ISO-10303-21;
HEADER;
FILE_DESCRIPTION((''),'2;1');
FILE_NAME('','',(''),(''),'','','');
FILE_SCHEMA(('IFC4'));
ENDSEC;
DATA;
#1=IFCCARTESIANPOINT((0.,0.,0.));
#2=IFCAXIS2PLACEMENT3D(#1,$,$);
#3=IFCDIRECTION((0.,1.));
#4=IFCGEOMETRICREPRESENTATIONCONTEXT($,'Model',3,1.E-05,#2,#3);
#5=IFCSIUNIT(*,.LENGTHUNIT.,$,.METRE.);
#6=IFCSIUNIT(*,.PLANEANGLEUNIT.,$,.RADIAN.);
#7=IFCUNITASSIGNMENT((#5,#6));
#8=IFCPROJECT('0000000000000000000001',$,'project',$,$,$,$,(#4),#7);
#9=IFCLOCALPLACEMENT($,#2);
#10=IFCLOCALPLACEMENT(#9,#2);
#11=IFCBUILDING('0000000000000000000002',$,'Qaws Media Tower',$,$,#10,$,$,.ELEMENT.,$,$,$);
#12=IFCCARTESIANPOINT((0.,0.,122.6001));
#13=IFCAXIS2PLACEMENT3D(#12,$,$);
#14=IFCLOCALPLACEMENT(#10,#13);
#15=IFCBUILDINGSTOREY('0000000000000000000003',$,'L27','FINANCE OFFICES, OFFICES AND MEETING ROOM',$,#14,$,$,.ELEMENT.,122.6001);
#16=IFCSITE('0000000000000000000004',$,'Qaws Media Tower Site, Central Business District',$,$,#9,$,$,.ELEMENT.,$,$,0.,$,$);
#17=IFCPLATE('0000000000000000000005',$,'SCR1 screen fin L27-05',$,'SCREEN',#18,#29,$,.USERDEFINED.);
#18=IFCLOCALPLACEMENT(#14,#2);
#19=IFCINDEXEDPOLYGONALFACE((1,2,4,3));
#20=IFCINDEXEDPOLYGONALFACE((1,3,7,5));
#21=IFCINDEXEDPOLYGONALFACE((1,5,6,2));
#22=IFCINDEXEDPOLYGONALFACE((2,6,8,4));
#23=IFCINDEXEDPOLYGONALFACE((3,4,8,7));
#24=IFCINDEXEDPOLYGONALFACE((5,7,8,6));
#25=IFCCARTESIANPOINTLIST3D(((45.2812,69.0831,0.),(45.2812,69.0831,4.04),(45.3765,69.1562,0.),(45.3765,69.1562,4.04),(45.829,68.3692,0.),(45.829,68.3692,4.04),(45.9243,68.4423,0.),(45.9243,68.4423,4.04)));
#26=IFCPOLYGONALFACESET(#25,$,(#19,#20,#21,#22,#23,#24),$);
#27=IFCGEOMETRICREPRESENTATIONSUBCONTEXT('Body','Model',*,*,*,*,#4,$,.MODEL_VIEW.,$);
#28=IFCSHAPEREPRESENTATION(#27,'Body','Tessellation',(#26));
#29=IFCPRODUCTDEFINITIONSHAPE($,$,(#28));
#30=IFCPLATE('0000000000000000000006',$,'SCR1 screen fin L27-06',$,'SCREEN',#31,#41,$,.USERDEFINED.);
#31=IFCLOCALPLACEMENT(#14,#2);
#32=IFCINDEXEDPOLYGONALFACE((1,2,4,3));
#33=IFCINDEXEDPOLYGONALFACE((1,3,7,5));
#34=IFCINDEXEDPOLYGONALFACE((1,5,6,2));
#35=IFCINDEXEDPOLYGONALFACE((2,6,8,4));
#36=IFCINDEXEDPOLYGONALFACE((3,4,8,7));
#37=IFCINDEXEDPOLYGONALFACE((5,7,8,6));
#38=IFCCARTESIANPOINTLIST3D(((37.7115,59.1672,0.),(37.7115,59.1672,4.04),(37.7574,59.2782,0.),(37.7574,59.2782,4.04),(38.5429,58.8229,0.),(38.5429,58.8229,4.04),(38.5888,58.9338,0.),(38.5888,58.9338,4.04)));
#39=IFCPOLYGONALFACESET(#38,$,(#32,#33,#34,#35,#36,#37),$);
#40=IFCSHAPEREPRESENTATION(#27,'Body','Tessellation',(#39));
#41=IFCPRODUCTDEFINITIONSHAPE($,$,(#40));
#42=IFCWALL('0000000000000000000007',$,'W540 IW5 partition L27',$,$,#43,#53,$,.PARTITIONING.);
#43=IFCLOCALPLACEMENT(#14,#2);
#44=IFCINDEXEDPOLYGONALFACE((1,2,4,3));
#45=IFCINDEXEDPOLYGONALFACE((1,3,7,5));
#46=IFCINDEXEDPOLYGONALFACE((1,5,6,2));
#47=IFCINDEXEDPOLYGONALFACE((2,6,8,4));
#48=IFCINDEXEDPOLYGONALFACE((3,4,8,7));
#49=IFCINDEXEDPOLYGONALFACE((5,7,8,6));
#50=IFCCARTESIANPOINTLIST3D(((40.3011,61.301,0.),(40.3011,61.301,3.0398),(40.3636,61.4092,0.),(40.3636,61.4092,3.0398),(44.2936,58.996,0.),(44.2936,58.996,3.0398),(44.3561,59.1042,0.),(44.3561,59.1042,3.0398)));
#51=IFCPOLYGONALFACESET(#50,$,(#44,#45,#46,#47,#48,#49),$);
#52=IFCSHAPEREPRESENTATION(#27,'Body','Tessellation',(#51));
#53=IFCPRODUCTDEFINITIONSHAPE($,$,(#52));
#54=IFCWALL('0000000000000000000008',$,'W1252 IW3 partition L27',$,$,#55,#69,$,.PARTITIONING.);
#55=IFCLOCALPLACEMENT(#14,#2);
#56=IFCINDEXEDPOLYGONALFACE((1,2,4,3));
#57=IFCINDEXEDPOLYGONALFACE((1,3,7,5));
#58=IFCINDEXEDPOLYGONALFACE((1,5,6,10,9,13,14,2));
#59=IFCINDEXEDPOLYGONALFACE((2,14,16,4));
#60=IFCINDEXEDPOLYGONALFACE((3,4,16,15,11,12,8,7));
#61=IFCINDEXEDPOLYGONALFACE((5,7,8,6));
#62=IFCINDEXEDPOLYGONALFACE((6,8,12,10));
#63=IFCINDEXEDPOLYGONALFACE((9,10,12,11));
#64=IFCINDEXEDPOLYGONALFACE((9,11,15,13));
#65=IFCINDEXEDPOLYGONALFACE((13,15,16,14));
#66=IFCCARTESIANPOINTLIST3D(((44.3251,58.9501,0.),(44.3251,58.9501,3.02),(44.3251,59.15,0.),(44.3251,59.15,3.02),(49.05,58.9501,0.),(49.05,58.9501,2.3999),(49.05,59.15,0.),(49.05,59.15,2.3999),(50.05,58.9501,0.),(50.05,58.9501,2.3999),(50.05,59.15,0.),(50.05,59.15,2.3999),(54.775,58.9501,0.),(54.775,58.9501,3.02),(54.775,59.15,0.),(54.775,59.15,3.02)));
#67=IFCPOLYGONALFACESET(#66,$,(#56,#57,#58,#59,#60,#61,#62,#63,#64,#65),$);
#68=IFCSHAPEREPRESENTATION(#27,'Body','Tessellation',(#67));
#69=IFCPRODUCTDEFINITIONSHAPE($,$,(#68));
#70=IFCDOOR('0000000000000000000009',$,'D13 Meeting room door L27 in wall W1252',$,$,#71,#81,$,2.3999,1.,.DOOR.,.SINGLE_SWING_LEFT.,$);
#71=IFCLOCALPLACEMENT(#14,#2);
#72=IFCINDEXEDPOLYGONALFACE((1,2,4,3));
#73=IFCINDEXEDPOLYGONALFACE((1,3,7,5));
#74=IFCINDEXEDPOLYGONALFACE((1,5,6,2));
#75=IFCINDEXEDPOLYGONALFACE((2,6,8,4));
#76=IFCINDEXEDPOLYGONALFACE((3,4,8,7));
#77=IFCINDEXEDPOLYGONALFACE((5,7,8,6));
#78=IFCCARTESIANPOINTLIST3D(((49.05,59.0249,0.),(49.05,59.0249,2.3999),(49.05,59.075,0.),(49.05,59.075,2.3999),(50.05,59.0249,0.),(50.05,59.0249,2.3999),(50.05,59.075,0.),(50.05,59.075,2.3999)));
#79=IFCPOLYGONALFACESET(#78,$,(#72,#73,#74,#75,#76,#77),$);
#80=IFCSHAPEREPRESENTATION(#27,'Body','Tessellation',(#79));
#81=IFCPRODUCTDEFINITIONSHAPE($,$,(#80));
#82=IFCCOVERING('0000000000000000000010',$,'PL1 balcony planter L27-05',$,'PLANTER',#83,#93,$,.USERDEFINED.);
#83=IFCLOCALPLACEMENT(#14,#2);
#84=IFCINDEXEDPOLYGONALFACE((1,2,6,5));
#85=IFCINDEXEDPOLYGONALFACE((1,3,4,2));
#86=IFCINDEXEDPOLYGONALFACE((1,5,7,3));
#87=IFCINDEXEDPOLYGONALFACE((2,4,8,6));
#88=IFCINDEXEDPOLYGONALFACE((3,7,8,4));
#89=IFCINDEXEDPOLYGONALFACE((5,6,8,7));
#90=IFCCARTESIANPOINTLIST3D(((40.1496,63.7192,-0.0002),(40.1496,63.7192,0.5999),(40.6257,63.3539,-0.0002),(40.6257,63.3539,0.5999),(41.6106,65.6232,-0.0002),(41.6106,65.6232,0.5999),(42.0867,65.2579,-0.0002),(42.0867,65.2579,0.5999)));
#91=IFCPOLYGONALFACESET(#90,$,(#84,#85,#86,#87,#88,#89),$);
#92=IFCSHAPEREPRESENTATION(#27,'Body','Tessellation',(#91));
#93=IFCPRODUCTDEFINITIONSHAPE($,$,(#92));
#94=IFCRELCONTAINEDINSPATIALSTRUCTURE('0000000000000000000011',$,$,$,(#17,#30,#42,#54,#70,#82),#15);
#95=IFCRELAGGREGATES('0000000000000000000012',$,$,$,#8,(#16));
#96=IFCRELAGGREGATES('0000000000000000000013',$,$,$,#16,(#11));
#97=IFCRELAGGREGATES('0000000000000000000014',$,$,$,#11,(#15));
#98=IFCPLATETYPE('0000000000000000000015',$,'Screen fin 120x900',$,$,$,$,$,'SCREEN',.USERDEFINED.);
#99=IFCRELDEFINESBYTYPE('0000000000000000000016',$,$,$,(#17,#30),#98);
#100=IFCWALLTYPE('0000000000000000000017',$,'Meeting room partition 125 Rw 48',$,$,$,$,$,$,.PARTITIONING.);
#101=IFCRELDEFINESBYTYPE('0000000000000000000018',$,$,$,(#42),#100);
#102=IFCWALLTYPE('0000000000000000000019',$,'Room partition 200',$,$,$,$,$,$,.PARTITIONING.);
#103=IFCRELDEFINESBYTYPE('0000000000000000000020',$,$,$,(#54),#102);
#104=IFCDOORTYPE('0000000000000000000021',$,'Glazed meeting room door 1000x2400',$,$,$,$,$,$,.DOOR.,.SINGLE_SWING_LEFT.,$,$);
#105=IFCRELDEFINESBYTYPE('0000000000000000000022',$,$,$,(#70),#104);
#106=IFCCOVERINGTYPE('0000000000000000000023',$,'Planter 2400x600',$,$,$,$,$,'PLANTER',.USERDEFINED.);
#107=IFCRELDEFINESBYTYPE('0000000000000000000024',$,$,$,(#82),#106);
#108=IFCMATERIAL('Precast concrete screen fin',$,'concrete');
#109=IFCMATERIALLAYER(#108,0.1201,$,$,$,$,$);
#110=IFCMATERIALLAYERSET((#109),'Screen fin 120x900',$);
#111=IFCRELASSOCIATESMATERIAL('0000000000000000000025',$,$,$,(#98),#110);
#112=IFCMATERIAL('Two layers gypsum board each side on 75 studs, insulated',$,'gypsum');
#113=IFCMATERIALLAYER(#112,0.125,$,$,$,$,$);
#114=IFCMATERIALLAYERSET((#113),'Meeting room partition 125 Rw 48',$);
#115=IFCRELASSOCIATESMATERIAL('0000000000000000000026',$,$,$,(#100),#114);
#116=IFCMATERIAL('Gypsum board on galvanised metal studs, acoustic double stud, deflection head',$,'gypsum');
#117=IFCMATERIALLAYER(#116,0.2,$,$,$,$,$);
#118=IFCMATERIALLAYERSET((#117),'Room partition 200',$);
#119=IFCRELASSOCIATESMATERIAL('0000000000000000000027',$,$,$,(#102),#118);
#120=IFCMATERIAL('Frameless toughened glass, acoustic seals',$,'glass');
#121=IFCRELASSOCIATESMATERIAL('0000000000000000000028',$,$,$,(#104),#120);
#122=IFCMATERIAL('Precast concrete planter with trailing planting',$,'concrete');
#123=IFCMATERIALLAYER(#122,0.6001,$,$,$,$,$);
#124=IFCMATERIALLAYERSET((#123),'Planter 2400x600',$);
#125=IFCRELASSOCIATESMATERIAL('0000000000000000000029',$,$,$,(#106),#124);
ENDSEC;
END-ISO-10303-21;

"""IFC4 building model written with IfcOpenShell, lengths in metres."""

from ifc_helpers import new_model, si_unit, direction, frame, frame_2d, origin, origin_2d, place, context, subcontext, project, spatial, rectangle, extrude, material, layer, layer_set, type_object, element, fill, save


model = new_model("IFC4")

# Units and contexts
model_context = context("Model", 3, precision=1e-05, world=origin(), true_north=direction((0.0, 1.0)))
body_context = subcontext(model_context, "Body", "Model", "MODEL_VIEW")
ifc_project = project(units=[si_unit("LENGTHUNIT", "METRE"), si_unit("PLANEANGLEUNIT", "RADIAN")], contexts=[model_context])

# Site, building, storey
site_placement = place(None, origin())
site = spatial("IfcSite", under=ifc_project, at=site_placement, Name="Qaws Media Tower Site, Central Business District", CompositionType="ELEMENT", RefElevation=0.0)
building_placement = place(site_placement, origin())
building = spatial("IfcBuilding", under=site, at=building_placement, Name="Qaws Media Tower", CompositionType="ELEMENT")
storey_placement = place(building_placement, frame((0.0, 0.0, 122.6001)))
storey = spatial("IfcBuildingStorey", under=building, at=storey_placement, Name="L27", Description="FINANCE OFFICES, OFFICES AND MEETING ROOM", CompositionType="ELEMENT", Elevation=122.6001)

# Plates
ifc_material_1 = material(Name="Precast concrete screen fin", Category="concrete")
ifc_layer_1 = layer(ifc_material_1, 0.1201)
ifc_layer_set_1 = layer_set([ifc_layer_1], Name="Screen fin 120x900")
plate_type_1 = type_object("IfcPlateType", Name="Screen fin 120x900", ElementType="SCREEN", PredefinedType="USERDEFINED", material=ifc_layer_set_1)
for number, where, z_axis, x_axis, name in (
    (1, (45.6028, 68.7627, 0.0), (0.0, 0.0, 1.0), (-0.608761, 0.793353, 0.0), "SCR1 screen fin L27-05"),
    (2, (38.1501, 59.0505, 0.0), (0.0, 0.0, 1.0), (-0.92388, 0.382683, 0.0), "SCR1 screen fin L27-06"),
):
    element("IfcPlate", number, at=place(storey_placement, frame(where, z_axis=z_axis, x_axis=x_axis)), inside=storey, type_object=plate_type_1, Name=name, ObjectType="SCREEN", PredefinedType="USERDEFINED", context=body_context, shape_type="SweptSolid", body=[
        extrude(rectangle(XDim=0.8999, YDim=0.1201, at=origin_2d()), origin(), (0.0, 0.0, 1.0), 4.04),
    ])

# Wall
ifc_material_2 = material(Name="Two layers gypsum board each side on 75 studs, insulated", Category="gypsum")
ifc_layer_2 = layer(ifc_material_2, 0.125)
ifc_layer_set_2 = layer_set([ifc_layer_2], Name="Meeting room partition 125 Rw 48")
wall_type_1 = type_object("IfcWallType", Name="Meeting room partition 125 Rw 48", PredefinedType="PARTITIONING", material=ifc_layer_set_2)
wall_1_placement = place(storey_placement, frame((44.325, 59.05, 0.0), z_axis=(0.0, 0.0, 1.0), x_axis=(-0.866035, 0.499984, 0.0)))
element("IfcWall", 3, at=wall_1_placement, inside=storey, type_object=wall_type_1, Name="W540 IW5 partition L27", PredefinedType="PARTITIONING", context=body_context, shape_type="SweptSolid", body=[
    extrude(rectangle(XDim=4.6101, YDim=0.125, at=frame_2d((2.3052, 0.0))), origin(), (0.0, 0.0, 1.0), 3.0398),
])

# Wall, opening, door
ifc_material_3 = material(Name="Gypsum board on galvanised metal studs, acoustic double stud, deflection head", Category="gypsum")
ifc_layer_3 = layer(ifc_material_3, 0.2)
ifc_layer_set_3 = layer_set([ifc_layer_3], Name="Room partition 200")
wall_type_2 = type_object("IfcWallType", Name="Room partition 200", PredefinedType="PARTITIONING", material=ifc_layer_set_3)
wall_2_placement = place(storey_placement, frame((44.325, 59.05, 0.0), z_axis=(0.0, 0.0, 1.0), x_axis=(1.0, 0.0, 0.0)))
wall_2 = element("IfcWall", 4, at=wall_2_placement, inside=storey, type_object=wall_type_2, Name="W1252 IW3 partition L27", PredefinedType="PARTITIONING", context=body_context, shape_type="SweptSolid", body=[
    extrude(rectangle(XDim=10.45, YDim=0.2, at=frame_2d((5.2251, 0.0))), origin(), (0.0, 0.0, 1.0), 3.02),
])
opening_placement = place(wall_2_placement, frame((4.7251, 0.0, 0.0)))
opening = element("IfcOpeningElement", 5, at=opening_placement, cuts=wall_2, PredefinedType="OPENING", context=body_context, shape_type="SweptSolid", body=[
    extrude(rectangle(XDim=1.0, YDim=2.3999, at=frame_2d((0.5, 1.2))), frame((0.0, 0.1099, 0.0), z_axis=(0.0, -1.0, 0.0), x_axis=(1.0, 0.0, 0.0)), (0.0, 0.0, 1.0), 0.22),
])
ifc_material_4 = material(Name="Frameless toughened glass, acoustic seals", Category="glass")
door_type = type_object("IfcDoorType", Name="Glazed meeting room door 1000x2400", OperationType="SINGLE_SWING_LEFT", PredefinedType="DOOR", material=ifc_material_4)
door_placement = place(opening_placement, origin())
door = element("IfcDoor", 6, at=door_placement, inside=storey, type_object=door_type, Name="D13 Meeting room door L27 in wall W1252", OperationType="SINGLE_SWING_LEFT", OverallHeight=2.3999, OverallWidth=1.0, PredefinedType="DOOR", context=body_context, shape_type="SweptSolid", body=[
    extrude(rectangle(XDim=1.0, YDim=2.3999, at=frame_2d((0.5, 1.2))), frame((0.0, 0.0249, 0.0), z_axis=(0.0, -1.0, 0.0), x_axis=(1.0, 0.0, 0.0)), (0.0, 0.0, 1.0), 0.05),
])
fill(opening, door)

# Covering
ifc_material_5 = material(Name="Precast concrete planter with trailing planting", Category="concrete")
ifc_layer_4 = layer(ifc_material_5, 0.6001)
ifc_layer_set_4 = layer_set([ifc_layer_4], Name="Planter 2400x600")
covering_type = type_object("IfcCoveringType", Name="Planter 2400x600", ElementType="PLANTER", PredefinedType="USERDEFINED", material=ifc_layer_set_4)
covering_placement = place(storey_placement, frame((41.1182, 64.4885, -0.0002), z_axis=(0.0, 0.0, 1.0), x_axis=(-0.608761, -0.793353, 0.0)))
element("IfcCovering", 7, at=covering_placement, inside=storey, type_object=covering_type, Name="PL1 balcony planter L27-05", ObjectType="PLANTER", PredefinedType="USERDEFINED", context=body_context, shape_type="SweptSolid", body=[
    extrude(rectangle(XDim=2.3999, YDim=0.6001, at=origin_2d()), origin(), (0.0, 0.0, 1.0), 0.6001),
])

save(model, "model.ifc")
